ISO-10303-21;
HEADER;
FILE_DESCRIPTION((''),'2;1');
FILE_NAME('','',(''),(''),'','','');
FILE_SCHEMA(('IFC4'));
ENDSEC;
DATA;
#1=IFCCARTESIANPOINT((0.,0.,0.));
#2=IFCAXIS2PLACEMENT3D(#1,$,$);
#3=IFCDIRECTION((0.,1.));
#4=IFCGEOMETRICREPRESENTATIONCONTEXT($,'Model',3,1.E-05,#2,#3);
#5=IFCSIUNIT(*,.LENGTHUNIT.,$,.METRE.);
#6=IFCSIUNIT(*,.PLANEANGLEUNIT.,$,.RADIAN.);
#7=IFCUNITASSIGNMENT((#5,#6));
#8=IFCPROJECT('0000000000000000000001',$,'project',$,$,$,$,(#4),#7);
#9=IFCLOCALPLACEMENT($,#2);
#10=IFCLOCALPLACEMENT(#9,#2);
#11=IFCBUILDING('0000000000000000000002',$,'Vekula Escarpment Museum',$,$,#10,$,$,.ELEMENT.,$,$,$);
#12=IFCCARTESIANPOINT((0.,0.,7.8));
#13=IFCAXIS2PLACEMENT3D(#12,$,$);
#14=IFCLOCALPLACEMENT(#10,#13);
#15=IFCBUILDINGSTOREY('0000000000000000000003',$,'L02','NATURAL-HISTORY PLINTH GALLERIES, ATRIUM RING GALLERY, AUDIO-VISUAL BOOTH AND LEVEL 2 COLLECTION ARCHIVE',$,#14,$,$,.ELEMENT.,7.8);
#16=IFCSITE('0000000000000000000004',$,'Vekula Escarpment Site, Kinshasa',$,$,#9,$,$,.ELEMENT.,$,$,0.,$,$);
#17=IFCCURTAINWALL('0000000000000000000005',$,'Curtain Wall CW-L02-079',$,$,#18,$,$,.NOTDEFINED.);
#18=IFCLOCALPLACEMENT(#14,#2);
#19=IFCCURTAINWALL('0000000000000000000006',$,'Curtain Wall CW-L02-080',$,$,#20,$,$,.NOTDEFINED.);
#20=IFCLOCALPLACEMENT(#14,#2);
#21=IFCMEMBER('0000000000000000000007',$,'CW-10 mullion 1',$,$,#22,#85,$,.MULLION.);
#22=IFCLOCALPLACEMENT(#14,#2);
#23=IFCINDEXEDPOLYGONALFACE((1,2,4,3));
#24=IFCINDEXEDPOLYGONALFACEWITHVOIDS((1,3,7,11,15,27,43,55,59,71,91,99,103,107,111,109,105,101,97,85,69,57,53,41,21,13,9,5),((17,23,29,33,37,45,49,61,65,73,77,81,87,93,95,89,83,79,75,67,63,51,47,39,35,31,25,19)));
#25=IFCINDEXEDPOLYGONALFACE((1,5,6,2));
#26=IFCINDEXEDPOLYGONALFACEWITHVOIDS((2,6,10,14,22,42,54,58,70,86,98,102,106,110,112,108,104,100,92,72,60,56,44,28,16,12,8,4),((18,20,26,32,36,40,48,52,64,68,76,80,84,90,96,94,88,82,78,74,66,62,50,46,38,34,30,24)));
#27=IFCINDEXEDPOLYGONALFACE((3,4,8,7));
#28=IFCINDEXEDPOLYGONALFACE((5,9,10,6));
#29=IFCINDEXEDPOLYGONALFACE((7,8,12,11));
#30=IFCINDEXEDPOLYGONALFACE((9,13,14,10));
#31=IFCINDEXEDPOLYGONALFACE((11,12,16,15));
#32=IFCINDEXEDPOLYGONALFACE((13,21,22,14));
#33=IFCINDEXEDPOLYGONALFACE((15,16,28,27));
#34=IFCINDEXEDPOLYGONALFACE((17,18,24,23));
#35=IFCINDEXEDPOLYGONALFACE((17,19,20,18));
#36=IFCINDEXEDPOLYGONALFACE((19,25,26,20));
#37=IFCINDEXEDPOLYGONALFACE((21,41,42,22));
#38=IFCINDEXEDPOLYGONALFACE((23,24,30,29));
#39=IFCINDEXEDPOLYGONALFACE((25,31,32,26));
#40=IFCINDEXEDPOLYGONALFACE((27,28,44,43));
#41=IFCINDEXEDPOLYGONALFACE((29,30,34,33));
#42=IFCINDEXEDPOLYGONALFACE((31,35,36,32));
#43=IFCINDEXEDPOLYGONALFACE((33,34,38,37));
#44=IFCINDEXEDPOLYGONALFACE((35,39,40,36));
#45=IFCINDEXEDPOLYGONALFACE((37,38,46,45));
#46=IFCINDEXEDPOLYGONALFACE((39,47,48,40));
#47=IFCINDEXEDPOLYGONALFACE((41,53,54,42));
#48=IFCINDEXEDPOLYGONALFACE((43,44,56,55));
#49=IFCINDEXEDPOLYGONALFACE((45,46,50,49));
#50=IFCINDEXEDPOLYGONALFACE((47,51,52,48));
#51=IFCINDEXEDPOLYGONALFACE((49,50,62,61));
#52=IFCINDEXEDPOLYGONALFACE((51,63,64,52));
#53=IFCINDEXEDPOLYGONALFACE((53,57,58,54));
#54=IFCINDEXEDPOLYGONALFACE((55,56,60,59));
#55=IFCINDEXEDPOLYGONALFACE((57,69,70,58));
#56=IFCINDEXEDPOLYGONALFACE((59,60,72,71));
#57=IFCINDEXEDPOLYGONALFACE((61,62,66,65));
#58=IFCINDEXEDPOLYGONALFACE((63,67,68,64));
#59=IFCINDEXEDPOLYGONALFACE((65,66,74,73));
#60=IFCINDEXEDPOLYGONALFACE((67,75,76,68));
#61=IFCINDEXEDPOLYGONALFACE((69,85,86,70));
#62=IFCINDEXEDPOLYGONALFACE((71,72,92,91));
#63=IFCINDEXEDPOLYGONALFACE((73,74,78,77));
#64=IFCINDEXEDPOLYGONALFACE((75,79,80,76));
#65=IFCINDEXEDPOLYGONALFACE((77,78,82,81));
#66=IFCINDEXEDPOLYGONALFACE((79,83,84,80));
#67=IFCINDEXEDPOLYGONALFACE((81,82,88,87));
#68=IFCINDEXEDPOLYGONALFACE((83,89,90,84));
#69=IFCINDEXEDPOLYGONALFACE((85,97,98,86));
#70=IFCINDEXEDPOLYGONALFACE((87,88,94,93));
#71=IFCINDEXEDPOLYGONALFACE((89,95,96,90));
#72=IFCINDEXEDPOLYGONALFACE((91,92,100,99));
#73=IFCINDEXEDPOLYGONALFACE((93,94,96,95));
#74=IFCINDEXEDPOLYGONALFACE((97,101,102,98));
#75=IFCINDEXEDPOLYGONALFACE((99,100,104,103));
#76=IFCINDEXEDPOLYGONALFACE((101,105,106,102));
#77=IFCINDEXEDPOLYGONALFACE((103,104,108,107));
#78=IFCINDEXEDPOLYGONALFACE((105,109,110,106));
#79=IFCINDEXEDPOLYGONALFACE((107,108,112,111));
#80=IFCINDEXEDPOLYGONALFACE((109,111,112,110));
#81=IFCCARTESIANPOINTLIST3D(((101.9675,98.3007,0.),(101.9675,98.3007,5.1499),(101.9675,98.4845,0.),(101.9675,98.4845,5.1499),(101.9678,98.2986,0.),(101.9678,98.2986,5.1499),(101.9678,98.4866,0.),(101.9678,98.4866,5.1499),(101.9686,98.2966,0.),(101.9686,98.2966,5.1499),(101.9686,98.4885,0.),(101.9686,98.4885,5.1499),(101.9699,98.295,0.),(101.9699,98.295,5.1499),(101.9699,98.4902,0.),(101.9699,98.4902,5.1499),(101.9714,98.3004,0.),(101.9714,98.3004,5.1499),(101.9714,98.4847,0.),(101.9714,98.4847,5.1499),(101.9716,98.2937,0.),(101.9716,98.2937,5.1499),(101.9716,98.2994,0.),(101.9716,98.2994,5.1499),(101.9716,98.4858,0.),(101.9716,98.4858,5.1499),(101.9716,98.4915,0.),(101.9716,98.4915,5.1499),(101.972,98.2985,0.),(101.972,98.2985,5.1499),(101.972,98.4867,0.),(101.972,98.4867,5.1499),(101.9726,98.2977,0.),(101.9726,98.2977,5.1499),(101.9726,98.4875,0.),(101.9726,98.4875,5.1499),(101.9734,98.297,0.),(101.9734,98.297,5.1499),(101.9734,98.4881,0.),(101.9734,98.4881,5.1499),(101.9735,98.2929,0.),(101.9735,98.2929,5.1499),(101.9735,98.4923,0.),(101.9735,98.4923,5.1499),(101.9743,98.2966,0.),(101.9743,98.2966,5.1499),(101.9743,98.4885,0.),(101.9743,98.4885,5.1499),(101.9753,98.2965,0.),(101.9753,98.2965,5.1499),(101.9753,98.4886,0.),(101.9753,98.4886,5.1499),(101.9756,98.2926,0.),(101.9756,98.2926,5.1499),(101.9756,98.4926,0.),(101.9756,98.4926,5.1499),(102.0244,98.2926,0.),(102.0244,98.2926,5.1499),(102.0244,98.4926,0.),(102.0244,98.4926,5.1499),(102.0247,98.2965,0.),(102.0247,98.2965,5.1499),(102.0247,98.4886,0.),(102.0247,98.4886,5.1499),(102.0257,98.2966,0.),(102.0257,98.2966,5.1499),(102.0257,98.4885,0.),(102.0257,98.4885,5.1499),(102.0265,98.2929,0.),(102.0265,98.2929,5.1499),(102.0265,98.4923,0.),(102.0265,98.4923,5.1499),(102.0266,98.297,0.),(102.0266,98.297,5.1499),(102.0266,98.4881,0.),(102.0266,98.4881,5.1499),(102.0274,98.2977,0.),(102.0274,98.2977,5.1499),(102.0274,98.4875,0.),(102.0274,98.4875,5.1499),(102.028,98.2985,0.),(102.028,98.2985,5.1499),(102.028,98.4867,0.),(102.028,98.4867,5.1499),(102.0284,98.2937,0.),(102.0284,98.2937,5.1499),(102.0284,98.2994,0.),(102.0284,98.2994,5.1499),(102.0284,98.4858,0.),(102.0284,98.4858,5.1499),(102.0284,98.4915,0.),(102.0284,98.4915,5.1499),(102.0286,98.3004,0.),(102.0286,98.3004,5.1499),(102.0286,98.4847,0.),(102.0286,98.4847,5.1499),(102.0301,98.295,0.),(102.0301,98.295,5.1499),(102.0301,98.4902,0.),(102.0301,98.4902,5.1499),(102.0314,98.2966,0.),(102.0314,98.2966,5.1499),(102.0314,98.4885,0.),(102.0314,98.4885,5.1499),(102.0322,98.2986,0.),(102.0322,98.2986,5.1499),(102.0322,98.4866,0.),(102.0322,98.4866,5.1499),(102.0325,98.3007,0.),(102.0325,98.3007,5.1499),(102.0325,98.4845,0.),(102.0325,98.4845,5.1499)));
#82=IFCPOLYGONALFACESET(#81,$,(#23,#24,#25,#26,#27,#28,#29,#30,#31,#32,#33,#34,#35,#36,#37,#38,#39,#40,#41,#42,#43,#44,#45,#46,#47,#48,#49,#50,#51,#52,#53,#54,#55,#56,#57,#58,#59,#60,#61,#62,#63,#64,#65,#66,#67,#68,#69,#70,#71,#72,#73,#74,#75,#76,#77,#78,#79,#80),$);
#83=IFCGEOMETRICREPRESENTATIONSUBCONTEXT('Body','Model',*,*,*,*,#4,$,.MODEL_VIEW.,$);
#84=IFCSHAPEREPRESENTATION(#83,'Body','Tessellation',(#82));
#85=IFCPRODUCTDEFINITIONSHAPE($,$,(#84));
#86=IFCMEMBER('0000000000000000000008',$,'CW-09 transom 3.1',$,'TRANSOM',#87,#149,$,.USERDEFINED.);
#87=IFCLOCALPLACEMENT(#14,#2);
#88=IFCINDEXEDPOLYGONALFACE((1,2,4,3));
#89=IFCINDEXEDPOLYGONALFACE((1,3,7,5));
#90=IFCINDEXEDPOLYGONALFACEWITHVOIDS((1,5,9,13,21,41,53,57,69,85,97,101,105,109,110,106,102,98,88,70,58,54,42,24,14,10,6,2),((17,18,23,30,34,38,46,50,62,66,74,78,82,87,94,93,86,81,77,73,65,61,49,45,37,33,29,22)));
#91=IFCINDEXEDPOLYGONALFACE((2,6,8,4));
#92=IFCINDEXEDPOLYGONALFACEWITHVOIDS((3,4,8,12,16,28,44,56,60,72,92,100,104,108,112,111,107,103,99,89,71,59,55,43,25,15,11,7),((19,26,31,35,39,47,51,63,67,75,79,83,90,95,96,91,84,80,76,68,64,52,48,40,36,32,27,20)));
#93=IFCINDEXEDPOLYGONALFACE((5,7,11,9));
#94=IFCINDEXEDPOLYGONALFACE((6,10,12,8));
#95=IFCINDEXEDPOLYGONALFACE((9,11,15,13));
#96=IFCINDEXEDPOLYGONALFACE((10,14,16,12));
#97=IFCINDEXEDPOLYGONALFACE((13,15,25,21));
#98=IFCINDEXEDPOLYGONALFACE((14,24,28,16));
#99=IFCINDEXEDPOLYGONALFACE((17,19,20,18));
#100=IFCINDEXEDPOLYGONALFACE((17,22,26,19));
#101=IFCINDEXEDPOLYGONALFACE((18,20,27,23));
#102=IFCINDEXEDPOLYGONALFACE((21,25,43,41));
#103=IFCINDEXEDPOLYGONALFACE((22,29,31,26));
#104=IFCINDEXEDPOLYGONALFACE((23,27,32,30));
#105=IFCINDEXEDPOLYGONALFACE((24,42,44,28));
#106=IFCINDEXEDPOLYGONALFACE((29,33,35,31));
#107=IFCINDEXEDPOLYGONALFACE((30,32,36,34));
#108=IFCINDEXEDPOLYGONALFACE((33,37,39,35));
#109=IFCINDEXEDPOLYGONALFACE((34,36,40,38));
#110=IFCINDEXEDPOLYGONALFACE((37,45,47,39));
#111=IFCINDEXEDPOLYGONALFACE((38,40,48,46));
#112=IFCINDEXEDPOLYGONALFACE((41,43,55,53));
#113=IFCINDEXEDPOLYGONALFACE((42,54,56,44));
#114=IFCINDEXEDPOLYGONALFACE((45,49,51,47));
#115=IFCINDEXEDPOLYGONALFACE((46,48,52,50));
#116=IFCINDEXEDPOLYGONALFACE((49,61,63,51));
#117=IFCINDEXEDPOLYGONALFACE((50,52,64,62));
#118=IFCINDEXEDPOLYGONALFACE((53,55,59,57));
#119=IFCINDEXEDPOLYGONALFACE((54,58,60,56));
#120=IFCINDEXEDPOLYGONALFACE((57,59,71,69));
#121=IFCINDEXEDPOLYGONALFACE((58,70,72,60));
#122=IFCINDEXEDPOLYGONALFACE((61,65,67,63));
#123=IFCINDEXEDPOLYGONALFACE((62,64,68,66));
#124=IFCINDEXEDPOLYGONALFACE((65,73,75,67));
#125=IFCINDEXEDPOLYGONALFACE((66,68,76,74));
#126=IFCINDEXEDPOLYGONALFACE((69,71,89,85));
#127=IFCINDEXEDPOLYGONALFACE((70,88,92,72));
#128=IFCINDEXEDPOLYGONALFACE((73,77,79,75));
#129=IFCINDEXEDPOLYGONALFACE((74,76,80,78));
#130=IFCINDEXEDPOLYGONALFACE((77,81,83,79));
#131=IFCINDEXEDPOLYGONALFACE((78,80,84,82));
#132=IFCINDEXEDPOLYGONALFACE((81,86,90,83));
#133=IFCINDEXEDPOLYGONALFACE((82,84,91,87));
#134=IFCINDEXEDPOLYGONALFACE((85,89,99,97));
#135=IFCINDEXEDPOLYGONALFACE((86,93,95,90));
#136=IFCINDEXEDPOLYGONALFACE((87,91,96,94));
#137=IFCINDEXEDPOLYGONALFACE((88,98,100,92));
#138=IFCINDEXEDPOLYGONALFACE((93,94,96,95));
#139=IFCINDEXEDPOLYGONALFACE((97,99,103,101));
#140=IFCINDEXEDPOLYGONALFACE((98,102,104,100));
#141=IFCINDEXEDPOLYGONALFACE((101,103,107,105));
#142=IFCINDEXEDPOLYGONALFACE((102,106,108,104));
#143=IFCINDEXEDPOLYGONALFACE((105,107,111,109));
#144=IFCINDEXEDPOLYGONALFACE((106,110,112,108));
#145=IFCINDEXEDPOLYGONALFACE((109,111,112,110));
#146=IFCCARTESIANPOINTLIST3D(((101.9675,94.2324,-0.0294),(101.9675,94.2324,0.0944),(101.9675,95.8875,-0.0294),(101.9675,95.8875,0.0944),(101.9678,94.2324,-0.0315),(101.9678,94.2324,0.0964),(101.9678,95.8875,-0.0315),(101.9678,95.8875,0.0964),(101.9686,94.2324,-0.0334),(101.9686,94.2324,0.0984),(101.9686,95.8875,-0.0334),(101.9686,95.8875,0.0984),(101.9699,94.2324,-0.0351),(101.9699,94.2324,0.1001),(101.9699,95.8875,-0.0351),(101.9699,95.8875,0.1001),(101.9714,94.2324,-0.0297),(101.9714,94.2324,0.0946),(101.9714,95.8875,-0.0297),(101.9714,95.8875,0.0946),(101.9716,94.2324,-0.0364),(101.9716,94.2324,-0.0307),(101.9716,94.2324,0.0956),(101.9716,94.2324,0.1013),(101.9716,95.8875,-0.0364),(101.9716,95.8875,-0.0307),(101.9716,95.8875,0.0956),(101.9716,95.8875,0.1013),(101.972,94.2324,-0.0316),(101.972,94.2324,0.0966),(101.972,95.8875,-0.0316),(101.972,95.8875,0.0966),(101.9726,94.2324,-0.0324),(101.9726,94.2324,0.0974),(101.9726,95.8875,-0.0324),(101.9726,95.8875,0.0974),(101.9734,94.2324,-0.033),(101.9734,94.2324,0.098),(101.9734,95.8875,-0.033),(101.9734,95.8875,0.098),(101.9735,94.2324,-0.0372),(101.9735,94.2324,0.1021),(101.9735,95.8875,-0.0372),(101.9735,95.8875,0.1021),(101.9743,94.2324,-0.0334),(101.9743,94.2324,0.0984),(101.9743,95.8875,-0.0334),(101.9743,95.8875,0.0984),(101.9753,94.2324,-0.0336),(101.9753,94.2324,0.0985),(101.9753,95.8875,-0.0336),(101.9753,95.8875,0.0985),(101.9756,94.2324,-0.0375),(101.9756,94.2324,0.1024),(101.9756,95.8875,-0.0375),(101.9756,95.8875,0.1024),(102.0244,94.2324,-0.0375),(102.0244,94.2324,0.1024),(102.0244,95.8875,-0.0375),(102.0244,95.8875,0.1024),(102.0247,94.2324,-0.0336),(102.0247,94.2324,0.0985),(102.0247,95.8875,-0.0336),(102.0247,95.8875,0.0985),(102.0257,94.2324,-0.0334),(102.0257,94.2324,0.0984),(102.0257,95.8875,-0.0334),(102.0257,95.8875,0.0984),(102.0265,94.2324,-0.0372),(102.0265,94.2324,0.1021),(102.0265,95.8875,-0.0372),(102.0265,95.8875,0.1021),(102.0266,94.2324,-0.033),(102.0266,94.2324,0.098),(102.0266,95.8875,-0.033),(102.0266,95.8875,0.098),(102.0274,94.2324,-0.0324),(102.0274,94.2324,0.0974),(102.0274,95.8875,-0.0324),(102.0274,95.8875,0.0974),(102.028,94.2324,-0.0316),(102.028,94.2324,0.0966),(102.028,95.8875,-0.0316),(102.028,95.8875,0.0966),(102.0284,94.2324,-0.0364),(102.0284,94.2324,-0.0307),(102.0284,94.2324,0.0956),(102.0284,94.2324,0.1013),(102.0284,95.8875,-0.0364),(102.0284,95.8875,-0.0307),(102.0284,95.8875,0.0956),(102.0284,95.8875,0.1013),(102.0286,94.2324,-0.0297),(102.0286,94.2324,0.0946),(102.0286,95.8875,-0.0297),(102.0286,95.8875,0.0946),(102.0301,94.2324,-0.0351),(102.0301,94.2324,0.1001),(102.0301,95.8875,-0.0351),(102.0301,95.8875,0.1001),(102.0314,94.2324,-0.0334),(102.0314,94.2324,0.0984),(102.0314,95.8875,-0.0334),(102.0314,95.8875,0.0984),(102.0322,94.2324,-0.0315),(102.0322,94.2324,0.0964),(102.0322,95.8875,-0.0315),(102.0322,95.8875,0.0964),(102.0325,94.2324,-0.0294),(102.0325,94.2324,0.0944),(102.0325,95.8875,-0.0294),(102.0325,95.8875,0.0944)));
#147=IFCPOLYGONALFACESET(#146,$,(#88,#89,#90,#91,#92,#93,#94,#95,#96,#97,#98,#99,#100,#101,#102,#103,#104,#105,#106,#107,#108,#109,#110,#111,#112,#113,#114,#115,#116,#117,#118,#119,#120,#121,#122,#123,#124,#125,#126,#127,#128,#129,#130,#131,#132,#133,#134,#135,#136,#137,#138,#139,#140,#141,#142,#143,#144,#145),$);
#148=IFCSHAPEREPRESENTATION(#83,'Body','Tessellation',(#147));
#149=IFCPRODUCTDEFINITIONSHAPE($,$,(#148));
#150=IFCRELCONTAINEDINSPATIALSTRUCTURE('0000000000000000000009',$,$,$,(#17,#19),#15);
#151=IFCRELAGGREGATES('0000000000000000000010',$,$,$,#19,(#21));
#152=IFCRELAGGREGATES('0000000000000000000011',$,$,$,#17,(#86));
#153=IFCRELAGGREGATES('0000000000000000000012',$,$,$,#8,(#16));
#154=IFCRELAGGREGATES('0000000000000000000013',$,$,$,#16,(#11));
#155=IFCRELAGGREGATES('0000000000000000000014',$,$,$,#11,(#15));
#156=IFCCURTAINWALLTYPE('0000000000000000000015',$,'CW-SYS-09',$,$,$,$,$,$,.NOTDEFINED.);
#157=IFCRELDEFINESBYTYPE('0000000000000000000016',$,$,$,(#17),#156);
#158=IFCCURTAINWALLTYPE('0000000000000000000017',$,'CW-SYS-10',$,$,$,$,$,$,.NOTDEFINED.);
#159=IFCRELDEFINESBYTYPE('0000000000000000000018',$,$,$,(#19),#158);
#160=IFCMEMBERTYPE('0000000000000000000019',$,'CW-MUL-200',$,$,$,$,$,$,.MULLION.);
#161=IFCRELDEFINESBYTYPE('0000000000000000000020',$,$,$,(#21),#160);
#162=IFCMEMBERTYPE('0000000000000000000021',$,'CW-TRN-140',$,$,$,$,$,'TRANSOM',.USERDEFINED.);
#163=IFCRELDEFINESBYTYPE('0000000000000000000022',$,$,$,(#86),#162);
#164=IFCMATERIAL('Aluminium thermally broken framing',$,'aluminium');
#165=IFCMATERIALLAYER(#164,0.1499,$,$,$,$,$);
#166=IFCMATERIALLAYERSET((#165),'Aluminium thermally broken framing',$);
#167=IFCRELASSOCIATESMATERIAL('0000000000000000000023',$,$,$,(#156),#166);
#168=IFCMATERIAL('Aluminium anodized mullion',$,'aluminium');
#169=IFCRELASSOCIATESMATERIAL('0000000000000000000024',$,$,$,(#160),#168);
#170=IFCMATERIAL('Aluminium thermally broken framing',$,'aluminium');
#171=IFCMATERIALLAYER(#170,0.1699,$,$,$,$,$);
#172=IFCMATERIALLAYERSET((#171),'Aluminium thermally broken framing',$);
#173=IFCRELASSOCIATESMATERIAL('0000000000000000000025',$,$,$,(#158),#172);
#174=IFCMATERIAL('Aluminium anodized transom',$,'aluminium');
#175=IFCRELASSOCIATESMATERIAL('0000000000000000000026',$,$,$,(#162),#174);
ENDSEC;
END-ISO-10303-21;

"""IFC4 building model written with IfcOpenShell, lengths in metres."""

from ifc_helpers import new_model, si_unit, direction, frame, origin, origin_2d, place, context, subcontext, project, spatial, hollow_rectangle, extrude, material, layer, layer_set, material_profile, profile_set, type_object, element, aggregate, save


model = new_model("IFC4")

# Units and contexts
model_context = context("Model", 3, precision=1e-05, world=origin(), true_north=direction((0.0, 1.0)))
body_context = subcontext(model_context, "Body", "Model", "MODEL_VIEW")
ifc_project = project(units=[si_unit("LENGTHUNIT", "METRE"), si_unit("PLANEANGLEUNIT", "RADIAN")], contexts=[model_context])

# Site, building, storey
site_placement = place(None, origin())
site = spatial("IfcSite", under=ifc_project, at=site_placement, Name="Vekula Escarpment Site, Kinshasa", CompositionType="ELEMENT", RefElevation=0.0)
building_placement = place(site_placement, origin())
building = spatial("IfcBuilding", under=site, at=building_placement, Name="Vekula Escarpment Museum", CompositionType="ELEMENT")
storey_placement = place(building_placement, frame((0.0, 0.0, 7.8)))
storey = spatial("IfcBuildingStorey", under=building, at=storey_placement, Name="L02", Description="NATURAL-HISTORY PLINTH GALLERIES, ATRIUM RING GALLERY, AUDIO-VISUAL BOOTH AND LEVEL 2 COLLECTION ARCHIVE", CompositionType="ELEMENT", Elevation=7.8)

# Curtain wall
ifc_material_1 = material(Name="Aluminium thermally broken framing", Category="aluminium")
ifc_layer_1 = layer(ifc_material_1, 0.1499)
ifc_layer_set_1 = layer_set([ifc_layer_1], Name="Aluminium thermally broken framing")
curtain_wall_type_1 = type_object("IfcCurtainWallType", Name="CW-SYS-09", PredefinedType="NOTDEFINED", material=ifc_layer_set_1)
curtain_wall_1_placement = place(storey_placement, origin())
curtain_wall_1 = element("IfcCurtainWall", 1, at=curtain_wall_1_placement, inside=storey, type_object=curtain_wall_type_1, Name="Curtain Wall CW-L02-079", PredefinedType="NOTDEFINED")
ifc_material_2 = material(Name="Aluminium anodized mullion", Category="aluminium")
ifc_material_profile_1 = material_profile(ifc_material_2, hollow_rectangle(XDim=0.0649, YDim=0.2, WallThickness=0.0039, InnerFilletRadius=0.0039, OuterFilletRadius=0.0081, at=origin_2d()), Name="ALU 200x65x4")
ifc_profile_set_1 = profile_set([ifc_material_profile_1], Name="Aluminium anodized mullion")
member_type_1 = type_object("IfcMemberType", Name="CW-MUL-200", PredefinedType="MULLION", material=ifc_profile_set_1)

# Curtain wall, member
ifc_material_3 = material(Name="Aluminium thermally broken framing", Category="aluminium")
ifc_layer_2 = layer(ifc_material_3, 0.1699)
ifc_layer_set_2 = layer_set([ifc_layer_2], Name="Aluminium thermally broken framing")
curtain_wall_type_2 = type_object("IfcCurtainWallType", Name="CW-SYS-10", PredefinedType="NOTDEFINED", material=ifc_layer_set_2)
curtain_wall_2_placement = place(storey_placement, origin())
curtain_wall_2 = element("IfcCurtainWall", 2, at=curtain_wall_2_placement, inside=storey, type_object=curtain_wall_type_2, Name="Curtain Wall CW-L02-080", PredefinedType="NOTDEFINED")
member_1_placement = place(storey_placement, frame((102.0, 98.3926, 0.0), z_axis=(0.0, 0.0, 1.0), x_axis=(-1.0, 0.0, 0.0)))
member_1 = element("IfcMember", 3, at=member_1_placement, type_object=member_type_1, Name="CW-10 mullion 1", PredefinedType="MULLION", context=body_context, shape_type="SweptSolid", body=[
    extrude(hollow_rectangle(XDim=0.0649, YDim=0.2, WallThickness=0.0039, InnerFilletRadius=0.0039, OuterFilletRadius=0.0081, at=origin_2d()), origin(), (0.0, 0.0, 1.0), 5.1499),
])

# Member
ifc_material_4 = material(Name="Aluminium anodized transom", Category="aluminium")
ifc_material_profile_2 = material_profile(ifc_material_4, hollow_rectangle(XDim=0.0649, YDim=0.1399, WallThickness=0.0039, InnerFilletRadius=0.0039, OuterFilletRadius=0.0081, at=origin_2d()), Name="ALU 140x65x4")
ifc_profile_set_2 = profile_set([ifc_material_profile_2], Name="Aluminium anodized transom")
member_type_2 = type_object("IfcMemberType", Name="CW-TRN-140", ElementType="TRANSOM", PredefinedType="USERDEFINED", material=ifc_profile_set_2)
member_2_placement = place(storey_placement, frame((102.0, 94.2324, 0.0325), z_axis=(0.0, 1.0, 0.0), x_axis=(-1.0, 0.0, 0.0)))
member_2 = element("IfcMember", 4, at=member_2_placement, type_object=member_type_2, Name="CW-09 transom 3.1", ObjectType="TRANSOM", PredefinedType="USERDEFINED", context=body_context, shape_type="SweptSolid", body=[
    extrude(hollow_rectangle(XDim=0.0649, YDim=0.1399, WallThickness=0.0039, InnerFilletRadius=0.0039, OuterFilletRadius=0.0081, at=origin_2d()), origin(), (0.0, 0.0, 1.0), 1.655),
])
aggregate(curtain_wall_2, [member_1])

aggregate(curtain_wall_1, [member_2])

save(model, "model.ifc")
